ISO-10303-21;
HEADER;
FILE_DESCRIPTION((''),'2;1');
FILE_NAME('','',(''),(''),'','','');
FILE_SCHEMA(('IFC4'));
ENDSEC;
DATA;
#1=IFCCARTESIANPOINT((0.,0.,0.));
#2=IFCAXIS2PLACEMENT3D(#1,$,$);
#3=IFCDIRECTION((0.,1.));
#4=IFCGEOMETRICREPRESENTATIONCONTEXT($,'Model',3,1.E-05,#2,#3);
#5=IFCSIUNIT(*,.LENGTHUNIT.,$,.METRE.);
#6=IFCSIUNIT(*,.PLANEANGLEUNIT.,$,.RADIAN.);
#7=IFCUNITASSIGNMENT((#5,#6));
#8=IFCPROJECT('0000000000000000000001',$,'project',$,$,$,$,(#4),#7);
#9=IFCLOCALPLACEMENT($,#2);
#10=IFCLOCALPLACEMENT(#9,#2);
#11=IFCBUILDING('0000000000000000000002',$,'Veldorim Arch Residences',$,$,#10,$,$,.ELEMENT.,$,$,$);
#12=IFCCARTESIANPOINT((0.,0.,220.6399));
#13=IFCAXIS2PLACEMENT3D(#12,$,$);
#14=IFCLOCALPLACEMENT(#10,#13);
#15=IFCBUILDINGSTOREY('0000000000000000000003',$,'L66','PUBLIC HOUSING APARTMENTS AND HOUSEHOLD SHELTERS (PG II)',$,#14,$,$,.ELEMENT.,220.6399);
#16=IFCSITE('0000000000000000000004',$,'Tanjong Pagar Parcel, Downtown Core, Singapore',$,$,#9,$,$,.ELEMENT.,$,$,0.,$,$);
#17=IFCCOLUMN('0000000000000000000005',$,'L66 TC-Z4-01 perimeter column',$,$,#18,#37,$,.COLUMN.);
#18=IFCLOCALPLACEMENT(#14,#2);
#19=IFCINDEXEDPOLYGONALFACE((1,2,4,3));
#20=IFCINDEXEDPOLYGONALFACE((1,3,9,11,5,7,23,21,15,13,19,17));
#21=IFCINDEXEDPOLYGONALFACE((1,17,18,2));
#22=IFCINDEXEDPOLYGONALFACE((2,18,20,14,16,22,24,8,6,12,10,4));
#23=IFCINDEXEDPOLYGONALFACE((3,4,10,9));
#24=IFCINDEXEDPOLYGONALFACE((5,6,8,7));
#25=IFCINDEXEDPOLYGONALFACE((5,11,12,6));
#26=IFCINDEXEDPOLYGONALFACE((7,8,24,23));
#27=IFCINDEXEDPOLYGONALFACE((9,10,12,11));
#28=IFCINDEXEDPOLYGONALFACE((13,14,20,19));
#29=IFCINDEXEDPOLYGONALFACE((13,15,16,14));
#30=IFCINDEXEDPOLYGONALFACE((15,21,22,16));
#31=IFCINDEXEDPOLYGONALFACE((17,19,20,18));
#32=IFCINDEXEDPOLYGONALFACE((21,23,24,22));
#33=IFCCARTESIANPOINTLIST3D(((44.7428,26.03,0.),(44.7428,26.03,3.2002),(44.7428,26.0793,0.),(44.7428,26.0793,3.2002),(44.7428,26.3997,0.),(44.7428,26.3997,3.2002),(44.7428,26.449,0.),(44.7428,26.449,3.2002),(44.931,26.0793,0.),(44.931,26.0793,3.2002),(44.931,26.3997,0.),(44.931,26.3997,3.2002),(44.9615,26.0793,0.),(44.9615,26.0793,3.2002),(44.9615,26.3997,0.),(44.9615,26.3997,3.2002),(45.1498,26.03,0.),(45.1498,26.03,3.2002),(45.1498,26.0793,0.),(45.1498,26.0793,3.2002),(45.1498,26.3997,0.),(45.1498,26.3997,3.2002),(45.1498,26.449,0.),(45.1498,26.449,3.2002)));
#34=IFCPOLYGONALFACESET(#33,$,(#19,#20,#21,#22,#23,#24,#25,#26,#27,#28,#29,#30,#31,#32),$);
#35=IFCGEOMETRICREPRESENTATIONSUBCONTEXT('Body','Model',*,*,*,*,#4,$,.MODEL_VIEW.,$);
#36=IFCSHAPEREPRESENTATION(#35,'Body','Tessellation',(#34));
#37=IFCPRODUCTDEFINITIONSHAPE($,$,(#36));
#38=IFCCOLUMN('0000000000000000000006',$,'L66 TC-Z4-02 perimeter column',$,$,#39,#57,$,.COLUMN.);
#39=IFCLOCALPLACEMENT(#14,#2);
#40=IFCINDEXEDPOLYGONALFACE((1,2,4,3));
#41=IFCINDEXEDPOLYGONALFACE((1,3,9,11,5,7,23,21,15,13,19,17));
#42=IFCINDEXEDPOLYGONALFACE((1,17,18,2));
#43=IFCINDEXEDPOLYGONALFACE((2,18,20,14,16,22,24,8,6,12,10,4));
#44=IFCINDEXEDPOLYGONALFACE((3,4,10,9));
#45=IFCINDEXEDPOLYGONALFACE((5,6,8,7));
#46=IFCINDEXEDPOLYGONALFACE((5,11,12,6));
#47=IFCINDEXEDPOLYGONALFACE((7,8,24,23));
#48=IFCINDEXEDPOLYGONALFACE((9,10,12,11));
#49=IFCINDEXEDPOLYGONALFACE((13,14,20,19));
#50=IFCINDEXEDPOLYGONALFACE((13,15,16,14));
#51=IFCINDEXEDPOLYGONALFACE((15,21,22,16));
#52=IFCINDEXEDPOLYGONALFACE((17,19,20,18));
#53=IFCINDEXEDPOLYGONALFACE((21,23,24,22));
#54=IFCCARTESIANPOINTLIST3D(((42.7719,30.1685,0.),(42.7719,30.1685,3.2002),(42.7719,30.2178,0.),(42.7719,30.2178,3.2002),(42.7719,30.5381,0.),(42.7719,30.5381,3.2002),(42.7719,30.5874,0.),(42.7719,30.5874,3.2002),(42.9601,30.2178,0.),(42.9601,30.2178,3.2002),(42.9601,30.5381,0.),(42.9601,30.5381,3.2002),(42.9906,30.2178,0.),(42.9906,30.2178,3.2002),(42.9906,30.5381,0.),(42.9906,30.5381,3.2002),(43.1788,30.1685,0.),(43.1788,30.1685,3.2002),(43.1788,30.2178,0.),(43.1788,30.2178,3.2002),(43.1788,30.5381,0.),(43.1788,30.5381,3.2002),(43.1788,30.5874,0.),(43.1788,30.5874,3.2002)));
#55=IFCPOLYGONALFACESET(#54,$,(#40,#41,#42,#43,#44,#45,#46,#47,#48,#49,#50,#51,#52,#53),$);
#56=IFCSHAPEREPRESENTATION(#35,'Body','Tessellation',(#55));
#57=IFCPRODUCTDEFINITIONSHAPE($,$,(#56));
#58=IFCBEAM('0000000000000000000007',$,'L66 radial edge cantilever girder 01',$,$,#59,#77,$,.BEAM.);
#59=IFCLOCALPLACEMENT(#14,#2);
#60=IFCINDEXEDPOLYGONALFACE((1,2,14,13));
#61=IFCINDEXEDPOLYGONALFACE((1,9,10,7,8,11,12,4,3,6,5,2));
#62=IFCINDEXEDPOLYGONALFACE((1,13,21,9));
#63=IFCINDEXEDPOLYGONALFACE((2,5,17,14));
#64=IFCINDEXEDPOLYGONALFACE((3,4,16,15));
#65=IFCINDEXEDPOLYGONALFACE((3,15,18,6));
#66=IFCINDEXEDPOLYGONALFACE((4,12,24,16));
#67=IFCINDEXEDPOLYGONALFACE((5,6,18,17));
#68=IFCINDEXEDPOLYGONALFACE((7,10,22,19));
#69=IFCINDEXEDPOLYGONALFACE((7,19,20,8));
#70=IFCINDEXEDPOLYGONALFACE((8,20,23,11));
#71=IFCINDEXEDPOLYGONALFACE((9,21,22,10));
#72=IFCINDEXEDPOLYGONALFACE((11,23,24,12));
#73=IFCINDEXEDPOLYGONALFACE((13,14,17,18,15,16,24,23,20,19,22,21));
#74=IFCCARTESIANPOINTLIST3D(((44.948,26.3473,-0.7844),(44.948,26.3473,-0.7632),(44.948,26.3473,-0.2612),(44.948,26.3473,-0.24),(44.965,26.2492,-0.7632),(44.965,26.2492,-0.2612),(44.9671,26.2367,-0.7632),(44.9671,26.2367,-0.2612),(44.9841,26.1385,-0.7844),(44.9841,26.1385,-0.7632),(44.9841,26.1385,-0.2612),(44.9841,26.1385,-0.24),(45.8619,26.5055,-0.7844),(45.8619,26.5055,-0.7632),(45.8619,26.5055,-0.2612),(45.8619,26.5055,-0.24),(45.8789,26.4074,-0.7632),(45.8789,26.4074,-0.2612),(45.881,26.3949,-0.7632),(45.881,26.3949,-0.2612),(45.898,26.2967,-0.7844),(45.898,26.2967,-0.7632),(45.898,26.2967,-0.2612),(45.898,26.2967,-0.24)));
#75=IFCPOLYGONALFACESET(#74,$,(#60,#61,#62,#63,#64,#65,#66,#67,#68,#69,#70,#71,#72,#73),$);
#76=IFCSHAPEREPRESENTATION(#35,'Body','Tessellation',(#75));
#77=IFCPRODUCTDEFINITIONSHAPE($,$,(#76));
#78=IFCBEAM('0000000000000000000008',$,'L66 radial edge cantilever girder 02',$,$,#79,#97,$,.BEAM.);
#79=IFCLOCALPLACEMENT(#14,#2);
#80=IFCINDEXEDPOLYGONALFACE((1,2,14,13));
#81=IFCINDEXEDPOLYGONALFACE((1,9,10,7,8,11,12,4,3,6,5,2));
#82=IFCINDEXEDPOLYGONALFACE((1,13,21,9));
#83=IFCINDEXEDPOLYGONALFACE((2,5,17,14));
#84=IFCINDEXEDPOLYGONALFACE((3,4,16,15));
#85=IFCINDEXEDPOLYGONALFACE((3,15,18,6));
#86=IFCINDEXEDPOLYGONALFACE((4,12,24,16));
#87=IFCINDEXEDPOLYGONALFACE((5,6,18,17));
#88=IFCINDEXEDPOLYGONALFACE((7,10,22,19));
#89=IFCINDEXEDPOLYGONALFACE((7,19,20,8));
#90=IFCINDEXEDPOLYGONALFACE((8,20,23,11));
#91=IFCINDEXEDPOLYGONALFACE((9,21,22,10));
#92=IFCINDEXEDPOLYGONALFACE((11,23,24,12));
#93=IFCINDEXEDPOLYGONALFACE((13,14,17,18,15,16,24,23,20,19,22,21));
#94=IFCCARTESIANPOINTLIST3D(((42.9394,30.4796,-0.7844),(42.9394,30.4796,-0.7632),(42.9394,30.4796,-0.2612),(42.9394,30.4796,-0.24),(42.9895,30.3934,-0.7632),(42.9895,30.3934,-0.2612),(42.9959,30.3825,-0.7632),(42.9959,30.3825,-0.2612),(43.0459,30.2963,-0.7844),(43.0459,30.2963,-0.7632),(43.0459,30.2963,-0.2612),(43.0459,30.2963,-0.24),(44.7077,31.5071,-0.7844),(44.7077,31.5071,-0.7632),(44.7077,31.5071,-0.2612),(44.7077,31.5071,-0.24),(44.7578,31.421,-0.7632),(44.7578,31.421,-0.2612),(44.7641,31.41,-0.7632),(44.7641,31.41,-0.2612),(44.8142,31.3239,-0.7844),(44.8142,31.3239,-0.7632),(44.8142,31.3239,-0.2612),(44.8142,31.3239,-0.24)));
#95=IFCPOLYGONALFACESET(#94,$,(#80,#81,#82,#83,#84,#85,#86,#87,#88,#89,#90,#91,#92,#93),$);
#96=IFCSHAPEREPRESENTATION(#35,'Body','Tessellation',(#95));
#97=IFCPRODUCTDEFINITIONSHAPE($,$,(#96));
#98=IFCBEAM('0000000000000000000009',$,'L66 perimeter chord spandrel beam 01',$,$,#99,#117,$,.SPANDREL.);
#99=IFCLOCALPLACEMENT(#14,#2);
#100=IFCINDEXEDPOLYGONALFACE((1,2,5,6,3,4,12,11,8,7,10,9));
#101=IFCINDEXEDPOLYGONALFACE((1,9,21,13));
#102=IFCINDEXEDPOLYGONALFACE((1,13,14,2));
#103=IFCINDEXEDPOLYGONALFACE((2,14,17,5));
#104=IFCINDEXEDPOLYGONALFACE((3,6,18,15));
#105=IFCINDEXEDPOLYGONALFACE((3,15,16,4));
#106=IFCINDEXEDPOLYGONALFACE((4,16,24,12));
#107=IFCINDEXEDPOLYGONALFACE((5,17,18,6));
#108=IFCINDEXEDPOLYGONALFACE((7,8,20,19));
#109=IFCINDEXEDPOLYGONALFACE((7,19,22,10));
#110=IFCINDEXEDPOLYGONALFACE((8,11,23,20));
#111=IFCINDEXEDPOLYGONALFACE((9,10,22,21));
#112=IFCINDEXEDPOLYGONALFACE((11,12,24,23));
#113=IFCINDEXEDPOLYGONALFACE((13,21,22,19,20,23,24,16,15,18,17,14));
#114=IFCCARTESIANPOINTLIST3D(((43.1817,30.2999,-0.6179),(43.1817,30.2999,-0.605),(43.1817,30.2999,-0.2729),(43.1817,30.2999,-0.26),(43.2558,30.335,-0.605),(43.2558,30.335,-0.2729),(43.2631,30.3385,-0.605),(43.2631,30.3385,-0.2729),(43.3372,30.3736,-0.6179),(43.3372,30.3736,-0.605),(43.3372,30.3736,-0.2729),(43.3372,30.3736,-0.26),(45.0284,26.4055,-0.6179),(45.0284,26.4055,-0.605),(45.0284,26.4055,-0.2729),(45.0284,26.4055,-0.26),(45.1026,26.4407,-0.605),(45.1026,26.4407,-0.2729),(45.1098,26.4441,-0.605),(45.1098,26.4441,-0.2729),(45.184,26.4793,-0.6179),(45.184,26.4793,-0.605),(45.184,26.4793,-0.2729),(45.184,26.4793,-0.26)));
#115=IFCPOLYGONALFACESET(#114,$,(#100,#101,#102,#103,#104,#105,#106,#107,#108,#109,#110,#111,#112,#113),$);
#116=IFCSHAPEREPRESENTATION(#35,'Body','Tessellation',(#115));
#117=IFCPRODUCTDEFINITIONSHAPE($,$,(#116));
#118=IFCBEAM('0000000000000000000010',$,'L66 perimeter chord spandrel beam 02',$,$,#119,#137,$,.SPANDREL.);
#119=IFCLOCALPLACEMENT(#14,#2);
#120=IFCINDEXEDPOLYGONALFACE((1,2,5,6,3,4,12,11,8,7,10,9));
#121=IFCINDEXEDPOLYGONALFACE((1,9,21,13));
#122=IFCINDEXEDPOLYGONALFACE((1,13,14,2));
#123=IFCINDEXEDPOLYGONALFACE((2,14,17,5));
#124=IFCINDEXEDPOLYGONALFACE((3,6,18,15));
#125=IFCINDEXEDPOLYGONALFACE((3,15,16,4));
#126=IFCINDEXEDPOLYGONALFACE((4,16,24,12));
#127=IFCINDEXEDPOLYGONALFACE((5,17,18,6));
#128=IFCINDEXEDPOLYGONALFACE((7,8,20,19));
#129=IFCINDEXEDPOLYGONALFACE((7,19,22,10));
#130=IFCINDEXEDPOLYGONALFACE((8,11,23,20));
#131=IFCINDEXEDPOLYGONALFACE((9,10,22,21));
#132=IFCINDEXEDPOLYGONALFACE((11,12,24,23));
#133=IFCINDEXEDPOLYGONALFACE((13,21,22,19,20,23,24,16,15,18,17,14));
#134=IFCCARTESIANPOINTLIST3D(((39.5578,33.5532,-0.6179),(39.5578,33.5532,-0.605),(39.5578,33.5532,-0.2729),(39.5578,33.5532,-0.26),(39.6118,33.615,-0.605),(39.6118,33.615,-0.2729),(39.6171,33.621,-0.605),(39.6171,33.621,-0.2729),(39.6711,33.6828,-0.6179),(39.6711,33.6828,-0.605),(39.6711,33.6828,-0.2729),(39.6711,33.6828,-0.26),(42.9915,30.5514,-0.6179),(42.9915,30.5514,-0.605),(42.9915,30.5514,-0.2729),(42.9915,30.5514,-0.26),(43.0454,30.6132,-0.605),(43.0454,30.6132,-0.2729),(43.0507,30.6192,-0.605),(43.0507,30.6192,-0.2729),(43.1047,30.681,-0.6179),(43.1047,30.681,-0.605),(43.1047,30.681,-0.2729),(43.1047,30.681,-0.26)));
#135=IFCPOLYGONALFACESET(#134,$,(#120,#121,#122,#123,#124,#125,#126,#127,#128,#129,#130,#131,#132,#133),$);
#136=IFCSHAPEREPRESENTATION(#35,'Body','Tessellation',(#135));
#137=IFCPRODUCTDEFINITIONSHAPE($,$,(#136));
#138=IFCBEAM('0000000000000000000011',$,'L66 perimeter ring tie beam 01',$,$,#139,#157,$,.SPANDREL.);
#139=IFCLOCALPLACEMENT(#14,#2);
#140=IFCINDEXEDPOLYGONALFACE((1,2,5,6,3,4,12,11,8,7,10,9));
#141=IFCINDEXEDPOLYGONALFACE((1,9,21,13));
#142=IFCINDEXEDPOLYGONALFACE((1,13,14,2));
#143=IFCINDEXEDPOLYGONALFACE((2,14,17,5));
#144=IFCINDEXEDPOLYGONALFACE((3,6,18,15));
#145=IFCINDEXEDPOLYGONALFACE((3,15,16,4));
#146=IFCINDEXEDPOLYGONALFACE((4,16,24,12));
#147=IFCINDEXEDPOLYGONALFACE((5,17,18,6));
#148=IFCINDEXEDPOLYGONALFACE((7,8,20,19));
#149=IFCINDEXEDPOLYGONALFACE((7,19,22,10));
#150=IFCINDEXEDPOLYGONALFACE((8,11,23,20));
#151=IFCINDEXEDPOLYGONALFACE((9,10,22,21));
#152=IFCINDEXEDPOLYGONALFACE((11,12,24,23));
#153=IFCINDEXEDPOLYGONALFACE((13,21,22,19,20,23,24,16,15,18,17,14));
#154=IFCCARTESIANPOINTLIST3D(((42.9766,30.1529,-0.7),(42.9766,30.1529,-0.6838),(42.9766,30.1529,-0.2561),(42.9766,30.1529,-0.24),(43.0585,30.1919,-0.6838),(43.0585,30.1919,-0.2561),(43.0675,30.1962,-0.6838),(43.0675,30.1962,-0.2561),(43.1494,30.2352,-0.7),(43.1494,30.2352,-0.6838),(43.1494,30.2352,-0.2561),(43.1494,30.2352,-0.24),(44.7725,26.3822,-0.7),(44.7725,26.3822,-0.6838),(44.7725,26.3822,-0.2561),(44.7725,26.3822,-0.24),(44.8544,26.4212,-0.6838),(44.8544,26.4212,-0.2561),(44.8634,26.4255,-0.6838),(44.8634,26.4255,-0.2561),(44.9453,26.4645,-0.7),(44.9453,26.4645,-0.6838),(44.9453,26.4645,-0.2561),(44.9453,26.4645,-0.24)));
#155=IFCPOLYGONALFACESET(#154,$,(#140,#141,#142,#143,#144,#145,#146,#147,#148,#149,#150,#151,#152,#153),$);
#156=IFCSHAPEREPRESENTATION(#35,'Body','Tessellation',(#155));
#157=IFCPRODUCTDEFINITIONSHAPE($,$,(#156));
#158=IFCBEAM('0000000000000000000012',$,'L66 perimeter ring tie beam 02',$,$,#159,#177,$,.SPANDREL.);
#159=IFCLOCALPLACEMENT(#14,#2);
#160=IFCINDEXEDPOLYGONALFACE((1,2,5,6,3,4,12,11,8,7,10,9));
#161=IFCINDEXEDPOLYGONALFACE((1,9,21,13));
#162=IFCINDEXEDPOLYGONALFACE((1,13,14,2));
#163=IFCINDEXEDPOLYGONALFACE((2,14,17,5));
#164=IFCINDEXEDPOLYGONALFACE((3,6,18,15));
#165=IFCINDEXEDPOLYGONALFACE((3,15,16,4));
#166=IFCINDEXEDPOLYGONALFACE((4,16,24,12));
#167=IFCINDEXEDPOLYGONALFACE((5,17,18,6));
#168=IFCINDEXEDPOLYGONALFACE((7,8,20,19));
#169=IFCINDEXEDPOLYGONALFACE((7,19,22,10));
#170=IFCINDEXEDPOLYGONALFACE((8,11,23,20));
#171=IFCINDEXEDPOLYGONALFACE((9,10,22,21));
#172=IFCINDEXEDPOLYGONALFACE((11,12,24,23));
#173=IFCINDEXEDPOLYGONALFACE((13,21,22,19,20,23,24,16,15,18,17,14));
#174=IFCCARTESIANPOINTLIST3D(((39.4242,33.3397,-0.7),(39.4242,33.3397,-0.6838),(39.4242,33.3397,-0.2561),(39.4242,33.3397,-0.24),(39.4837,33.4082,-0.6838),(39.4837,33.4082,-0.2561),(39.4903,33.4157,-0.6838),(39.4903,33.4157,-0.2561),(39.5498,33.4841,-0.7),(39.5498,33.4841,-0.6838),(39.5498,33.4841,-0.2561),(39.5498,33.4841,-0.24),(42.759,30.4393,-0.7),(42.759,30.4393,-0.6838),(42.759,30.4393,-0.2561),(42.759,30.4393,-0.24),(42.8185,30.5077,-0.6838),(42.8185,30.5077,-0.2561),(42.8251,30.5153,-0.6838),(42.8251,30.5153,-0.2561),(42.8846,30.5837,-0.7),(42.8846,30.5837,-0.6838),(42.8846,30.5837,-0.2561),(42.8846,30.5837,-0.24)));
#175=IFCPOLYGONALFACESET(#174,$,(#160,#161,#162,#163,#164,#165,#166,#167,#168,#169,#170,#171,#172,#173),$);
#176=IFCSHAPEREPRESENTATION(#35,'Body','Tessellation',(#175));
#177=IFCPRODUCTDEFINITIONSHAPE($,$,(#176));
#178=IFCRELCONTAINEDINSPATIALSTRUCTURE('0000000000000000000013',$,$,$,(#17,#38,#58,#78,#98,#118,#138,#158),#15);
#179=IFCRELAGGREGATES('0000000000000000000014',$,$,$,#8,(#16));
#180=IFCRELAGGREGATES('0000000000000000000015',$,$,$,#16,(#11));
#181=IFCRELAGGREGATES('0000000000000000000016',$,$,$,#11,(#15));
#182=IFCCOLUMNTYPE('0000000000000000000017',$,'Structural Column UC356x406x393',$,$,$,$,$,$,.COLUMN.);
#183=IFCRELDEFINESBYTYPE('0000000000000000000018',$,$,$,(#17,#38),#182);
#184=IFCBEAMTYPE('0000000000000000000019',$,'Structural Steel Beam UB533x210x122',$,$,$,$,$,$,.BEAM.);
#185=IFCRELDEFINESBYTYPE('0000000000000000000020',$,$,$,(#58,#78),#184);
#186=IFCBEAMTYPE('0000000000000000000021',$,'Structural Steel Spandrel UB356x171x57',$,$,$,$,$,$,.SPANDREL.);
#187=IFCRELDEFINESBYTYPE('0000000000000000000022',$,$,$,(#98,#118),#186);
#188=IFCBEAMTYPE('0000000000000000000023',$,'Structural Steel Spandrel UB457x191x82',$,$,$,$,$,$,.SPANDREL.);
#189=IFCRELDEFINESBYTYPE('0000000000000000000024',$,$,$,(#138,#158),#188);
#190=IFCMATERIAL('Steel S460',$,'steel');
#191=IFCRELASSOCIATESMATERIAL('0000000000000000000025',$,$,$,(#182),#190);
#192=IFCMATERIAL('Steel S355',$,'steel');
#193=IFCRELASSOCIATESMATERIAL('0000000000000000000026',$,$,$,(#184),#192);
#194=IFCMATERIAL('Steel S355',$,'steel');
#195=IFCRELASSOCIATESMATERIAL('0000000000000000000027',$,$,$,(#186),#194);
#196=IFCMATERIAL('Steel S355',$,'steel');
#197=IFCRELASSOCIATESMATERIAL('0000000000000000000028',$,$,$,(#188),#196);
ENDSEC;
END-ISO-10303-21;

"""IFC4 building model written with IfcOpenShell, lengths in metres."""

from ifc_helpers import new_model, si_unit, direction, frame, origin, origin_2d, place, context, subcontext, project, spatial, i_section, extrude, material, material_profile, profile_set, type_object, element, save


model = new_model("IFC4")

# Units and contexts
model_context = context("Model", 3, precision=1e-05, world=origin(), true_north=direction((0.0, 1.0)))
body_context = subcontext(model_context, "Body", "Model", "MODEL_VIEW")
ifc_project = project(units=[si_unit("LENGTHUNIT", "METRE"), si_unit("PLANEANGLEUNIT", "RADIAN")], contexts=[model_context])

# Site, building, storey
site_placement = place(None, origin())
site = spatial("IfcSite", under=ifc_project, at=site_placement, Name="Tanjong Pagar Parcel, Downtown Core, Singapore", CompositionType="ELEMENT", RefElevation=0.0)
building_placement = place(site_placement, origin())
building = spatial("IfcBuilding", under=site, at=building_placement, Name="Veldorim Arch Residences", CompositionType="ELEMENT")
storey_placement = place(building_placement, frame((0.0, 0.0, 220.6399)))
storey = spatial("IfcBuildingStorey", under=building, at=storey_placement, Name="L66", Description="PUBLIC HOUSING APARTMENTS AND HOUSEHOLD SHELTERS (PG II)", CompositionType="ELEMENT", Elevation=220.6399)

# Columns
ifc_material_1 = material(Name="Steel S460", Category="steel")
ifc_material_profile_1 = material_profile(ifc_material_1, i_section(OverallWidth=0.407, OverallDepth=0.4189, WebThickness=0.0305, FlangeThickness=0.0493, at=origin_2d()), Name="UC356x406x393")
ifc_profile_set_1 = profile_set([ifc_material_profile_1], Name="Steel S460")
column_type = type_object("IfcColumnType", Name="Structural Column UC356x406x393", PredefinedType="COLUMN", material=ifc_profile_set_1)
for number, where, z_axis, x_axis, name in (
    (1, (44.9463, 26.2395, 0.0), (0.0, 0.0, 1.0), (1.0, 0.0, 0.0), "L66 TC-Z4-01 perimeter column"),
    (2, (42.9753, 30.3779, 0.0), (0.0, 0.0, 1.0), (1.0, 0.0, 0.0), "L66 TC-Z4-02 perimeter column"),
):
    element("IfcColumn", number, at=place(storey_placement, frame(where, z_axis=z_axis, x_axis=x_axis)), inside=storey, type_object=column_type, Name=name, PredefinedType="COLUMN", context=body_context, shape_type="SweptSolid", body=[
        extrude(i_section(OverallWidth=0.407, OverallDepth=0.4189, WebThickness=0.0305, FlangeThickness=0.0493, at=origin_2d()), origin(), (0.0, 0.0, 1.0), 3.2002),
    ])

# Beams
ifc_material_2 = material(Name="Steel S355", Category="steel")
ifc_material_profile_2 = material_profile(ifc_material_2, i_section(OverallWidth=0.2119, OverallDepth=0.5444, WebThickness=0.0127, FlangeThickness=0.0212, at=origin_2d()), Name="UB533x210x122")
ifc_profile_set_2 = profile_set([ifc_material_profile_2], Name="Steel S355")
beam_type_1 = type_object("IfcBeamType", Name="Structural Steel Beam UB533x210x122", PredefinedType="BEAM", material=ifc_profile_set_2)
beam_1_placement = place(storey_placement, frame((44.9661, 26.2429, -0.5122), z_axis=(0.985343, 0.170586, 0.0), x_axis=(-0.170586, 0.985343, 0.0)))
element("IfcBeam", 3, at=beam_1_placement, inside=storey, type_object=beam_type_1, Name="L66 radial edge cantilever girder 01", PredefinedType="BEAM", context=body_context, shape_type="SweptSolid", body=[
    extrude(i_section(OverallWidth=0.2119, OverallDepth=0.5444, WebThickness=0.0127, FlangeThickness=0.0212, at=origin_2d()), origin(), (0.0, 0.0, 1.0), 0.9275),
])
beam_2_placement = place(storey_placement, frame((42.9927, 30.3879, -0.5122), z_axis=(0.864613, 0.502438, 0.0), x_axis=(-0.502438, 0.864613, 0.0)))
element("IfcBeam", 4, at=beam_2_placement, inside=storey, type_object=beam_type_1, Name="L66 radial edge cantilever girder 02", PredefinedType="BEAM", context=body_context, shape_type="SweptSolid", body=[
    extrude(i_section(OverallWidth=0.2119, OverallDepth=0.5444, WebThickness=0.0127, FlangeThickness=0.0212, at=origin_2d()), origin(), (0.0, 0.0, 1.0), 2.0452),
])
ifc_material_3 = material(Name="Steel S355", Category="steel")
ifc_material_profile_3 = material_profile(ifc_material_3, i_section(OverallWidth=0.1721, OverallDepth=0.3579, WebThickness=0.0081, FlangeThickness=0.0129, at=origin_2d()), Name="UB356x171x57")
ifc_profile_set_3 = profile_set([ifc_material_profile_3], Name="Steel S355")
beam_type_2 = type_object("IfcBeamType", Name="Structural Steel Spandrel UB356x171x57", PredefinedType="SPANDREL", material=ifc_profile_set_3)
beam_3_placement = place(storey_placement, frame((45.1062, 26.4424, -0.439), z_axis=(-0.428469, 0.903557, 0.0), x_axis=(-0.903557, -0.428469, 0.0)))
element("IfcBeam", 5, at=beam_3_placement, inside=storey, type_object=beam_type_2, Name="L66 perimeter chord spandrel beam 01", PredefinedType="SPANDREL", context=body_context, shape_type="SweptSolid", body=[
    extrude(i_section(OverallWidth=0.1721, OverallDepth=0.3579, WebThickness=0.0081, FlangeThickness=0.0129, at=origin_2d()), origin(), (0.0, 0.0, 1.0), 4.3101),
])
beam_4_placement = place(storey_placement, frame((43.0481, 30.6162, -0.439), z_axis=(-0.752868, 0.658171, 0.0), x_axis=(-0.658171, -0.752868, 0.0)))
element("IfcBeam", 6, at=beam_4_placement, inside=storey, type_object=beam_type_2, Name="L66 perimeter chord spandrel beam 02", PredefinedType="SPANDREL", context=body_context, shape_type="SweptSolid", body=[
    extrude(i_section(OverallWidth=0.1721, OverallDepth=0.3579, WebThickness=0.0081, FlangeThickness=0.0129, at=origin_2d()), origin(), (0.0, 0.0, 1.0), 4.5608),
])
ifc_material_4 = material(Name="Steel S355", Category="steel")
ifc_material_profile_4 = material_profile(ifc_material_4, i_section(OverallWidth=0.1914, OverallDepth=0.46, WebThickness=0.01, FlangeThickness=0.0161, at=origin_2d()), Name="UB457x191x82")
ifc_profile_set_4 = profile_set([ifc_material_profile_4], Name="Steel S355")
beam_type_3 = type_object("IfcBeamType", Name="Structural Steel Spandrel UB457x191x82", PredefinedType="SPANDREL", material=ifc_profile_set_4)
beam_5_placement = place(storey_placement, frame((44.8589, 26.4233, -0.47), z_axis=(-0.429993, 0.902832, 0.0), x_axis=(-0.902832, -0.429993, 0.0)))
element("IfcBeam", 7, at=beam_5_placement, inside=storey, type_object=beam_type_3, Name="L66 perimeter ring tie beam 01", PredefinedType="SPANDREL", context=body_context, shape_type="SweptSolid", body=[
    extrude(i_section(OverallWidth=0.1914, OverallDepth=0.46, WebThickness=0.01, FlangeThickness=0.0161, at=origin_2d()), origin(), (0.0, 0.0, 1.0), 4.1765),
])
beam_6_placement = place(storey_placement, frame((42.8218, 30.5115, -0.47), z_axis=(-0.754534, 0.656261, 0.0), x_axis=(-0.656261, -0.754534, 0.0)))
element("IfcBeam", 8, at=beam_6_placement, inside=storey, type_object=beam_type_3, Name="L66 perimeter ring tie beam 02", PredefinedType="SPANDREL", context=body_context, shape_type="SweptSolid", body=[
    extrude(i_section(OverallWidth=0.1914, OverallDepth=0.46, WebThickness=0.01, FlangeThickness=0.0161, at=origin_2d()), origin(), (0.0, 0.0, 1.0), 4.4197),
])

save(model, "model.ifc")
